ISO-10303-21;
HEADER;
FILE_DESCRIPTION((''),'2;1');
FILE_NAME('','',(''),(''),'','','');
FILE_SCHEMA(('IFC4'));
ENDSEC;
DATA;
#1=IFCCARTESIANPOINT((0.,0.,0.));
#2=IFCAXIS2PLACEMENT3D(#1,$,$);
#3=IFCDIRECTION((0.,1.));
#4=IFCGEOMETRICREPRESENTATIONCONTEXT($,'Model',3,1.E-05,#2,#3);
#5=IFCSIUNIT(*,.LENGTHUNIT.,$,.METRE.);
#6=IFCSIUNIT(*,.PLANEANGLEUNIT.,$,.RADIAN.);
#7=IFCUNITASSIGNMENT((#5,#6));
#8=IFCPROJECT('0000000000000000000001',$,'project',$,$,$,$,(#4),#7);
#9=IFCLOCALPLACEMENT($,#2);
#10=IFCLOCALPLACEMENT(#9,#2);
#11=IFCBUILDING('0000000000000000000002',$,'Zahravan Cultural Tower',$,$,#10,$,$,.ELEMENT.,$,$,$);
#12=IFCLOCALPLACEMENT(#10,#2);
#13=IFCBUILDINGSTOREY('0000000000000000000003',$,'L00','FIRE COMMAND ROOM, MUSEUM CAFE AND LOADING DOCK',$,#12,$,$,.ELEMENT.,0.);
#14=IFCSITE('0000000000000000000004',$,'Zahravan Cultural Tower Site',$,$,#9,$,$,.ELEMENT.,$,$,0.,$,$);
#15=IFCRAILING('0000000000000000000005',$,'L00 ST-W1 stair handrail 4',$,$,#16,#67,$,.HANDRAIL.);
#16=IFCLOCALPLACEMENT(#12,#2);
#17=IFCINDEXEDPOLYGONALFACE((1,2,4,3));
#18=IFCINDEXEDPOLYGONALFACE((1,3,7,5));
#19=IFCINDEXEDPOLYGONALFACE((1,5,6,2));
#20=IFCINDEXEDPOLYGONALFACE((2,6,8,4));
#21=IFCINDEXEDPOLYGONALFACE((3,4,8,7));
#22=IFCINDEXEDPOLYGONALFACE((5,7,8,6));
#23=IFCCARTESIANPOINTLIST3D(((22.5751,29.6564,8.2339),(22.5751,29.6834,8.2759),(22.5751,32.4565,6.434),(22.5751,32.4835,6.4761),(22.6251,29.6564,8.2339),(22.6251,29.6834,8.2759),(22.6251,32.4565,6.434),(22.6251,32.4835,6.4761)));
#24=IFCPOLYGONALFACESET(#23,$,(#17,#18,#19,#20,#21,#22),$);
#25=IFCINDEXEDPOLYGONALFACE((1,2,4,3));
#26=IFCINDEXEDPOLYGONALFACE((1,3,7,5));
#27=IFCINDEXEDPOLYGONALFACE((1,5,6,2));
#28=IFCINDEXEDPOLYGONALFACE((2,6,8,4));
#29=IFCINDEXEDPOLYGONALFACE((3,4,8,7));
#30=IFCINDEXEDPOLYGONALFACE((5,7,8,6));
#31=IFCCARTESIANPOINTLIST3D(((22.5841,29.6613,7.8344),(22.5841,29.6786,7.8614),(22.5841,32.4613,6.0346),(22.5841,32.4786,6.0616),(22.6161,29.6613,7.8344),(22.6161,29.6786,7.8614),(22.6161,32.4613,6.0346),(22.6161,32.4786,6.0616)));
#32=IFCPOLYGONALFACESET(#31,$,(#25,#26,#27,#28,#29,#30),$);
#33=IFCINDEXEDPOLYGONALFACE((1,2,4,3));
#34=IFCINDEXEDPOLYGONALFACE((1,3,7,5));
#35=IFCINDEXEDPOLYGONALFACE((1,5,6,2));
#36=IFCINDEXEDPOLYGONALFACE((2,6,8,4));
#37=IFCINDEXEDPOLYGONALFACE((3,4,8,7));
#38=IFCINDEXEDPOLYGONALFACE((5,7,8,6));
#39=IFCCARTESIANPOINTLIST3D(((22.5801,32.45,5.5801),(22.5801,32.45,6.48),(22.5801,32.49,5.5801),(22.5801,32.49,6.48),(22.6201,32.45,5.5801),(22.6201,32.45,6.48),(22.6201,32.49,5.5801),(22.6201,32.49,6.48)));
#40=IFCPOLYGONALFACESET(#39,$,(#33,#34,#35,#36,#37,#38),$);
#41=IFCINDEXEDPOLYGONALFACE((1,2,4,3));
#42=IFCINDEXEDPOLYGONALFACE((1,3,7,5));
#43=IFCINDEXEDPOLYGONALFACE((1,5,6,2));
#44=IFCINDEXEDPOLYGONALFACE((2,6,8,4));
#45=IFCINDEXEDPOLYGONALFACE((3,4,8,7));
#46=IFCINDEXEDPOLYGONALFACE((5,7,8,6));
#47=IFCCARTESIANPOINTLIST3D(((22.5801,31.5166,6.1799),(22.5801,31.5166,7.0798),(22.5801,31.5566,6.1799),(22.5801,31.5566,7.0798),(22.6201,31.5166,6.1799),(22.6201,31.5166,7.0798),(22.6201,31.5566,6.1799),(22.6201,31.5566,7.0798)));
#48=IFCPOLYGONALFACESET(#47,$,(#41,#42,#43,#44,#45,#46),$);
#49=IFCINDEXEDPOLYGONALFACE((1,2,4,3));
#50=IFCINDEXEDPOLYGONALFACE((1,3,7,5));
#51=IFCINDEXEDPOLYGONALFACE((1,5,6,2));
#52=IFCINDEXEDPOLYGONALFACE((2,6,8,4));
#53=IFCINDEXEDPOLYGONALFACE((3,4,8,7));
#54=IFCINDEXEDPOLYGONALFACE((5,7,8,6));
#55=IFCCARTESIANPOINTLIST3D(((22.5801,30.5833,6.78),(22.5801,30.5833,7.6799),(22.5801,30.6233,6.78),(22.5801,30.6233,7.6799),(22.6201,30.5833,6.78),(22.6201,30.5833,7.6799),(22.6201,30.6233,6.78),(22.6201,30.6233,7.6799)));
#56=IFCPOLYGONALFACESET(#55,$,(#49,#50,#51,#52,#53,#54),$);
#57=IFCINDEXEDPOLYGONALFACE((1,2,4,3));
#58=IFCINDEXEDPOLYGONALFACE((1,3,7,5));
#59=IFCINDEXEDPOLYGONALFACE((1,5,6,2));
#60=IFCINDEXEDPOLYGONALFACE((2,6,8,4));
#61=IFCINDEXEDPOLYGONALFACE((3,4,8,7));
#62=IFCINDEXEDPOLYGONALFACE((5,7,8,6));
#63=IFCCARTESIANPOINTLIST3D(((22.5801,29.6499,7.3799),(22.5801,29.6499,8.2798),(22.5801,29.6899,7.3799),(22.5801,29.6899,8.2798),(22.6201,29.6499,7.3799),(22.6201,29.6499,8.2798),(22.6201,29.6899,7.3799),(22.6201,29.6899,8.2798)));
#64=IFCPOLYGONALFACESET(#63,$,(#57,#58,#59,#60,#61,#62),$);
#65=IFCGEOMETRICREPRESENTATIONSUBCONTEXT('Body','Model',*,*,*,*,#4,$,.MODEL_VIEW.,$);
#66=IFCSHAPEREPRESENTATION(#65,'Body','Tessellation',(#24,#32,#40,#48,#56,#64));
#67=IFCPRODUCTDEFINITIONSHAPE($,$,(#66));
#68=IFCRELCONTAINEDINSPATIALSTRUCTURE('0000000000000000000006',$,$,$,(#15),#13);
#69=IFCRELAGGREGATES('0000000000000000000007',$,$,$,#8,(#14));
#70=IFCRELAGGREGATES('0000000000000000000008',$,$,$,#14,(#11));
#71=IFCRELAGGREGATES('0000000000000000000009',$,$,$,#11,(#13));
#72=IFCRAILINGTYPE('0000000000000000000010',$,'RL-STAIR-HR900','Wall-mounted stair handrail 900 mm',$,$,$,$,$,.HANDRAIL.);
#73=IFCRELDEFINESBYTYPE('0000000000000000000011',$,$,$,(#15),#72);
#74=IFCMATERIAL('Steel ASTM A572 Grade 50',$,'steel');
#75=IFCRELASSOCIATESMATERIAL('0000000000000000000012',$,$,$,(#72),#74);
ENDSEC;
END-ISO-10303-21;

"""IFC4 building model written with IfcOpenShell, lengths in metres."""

from ifc_helpers import new_model, si_unit, direction, frame, origin, origin_2d, place, context, subcontext, project, spatial, rectangle, extrude, material, type_object, element, save


model = new_model("IFC4")

# Units and contexts
model_context = context("Model", 3, precision=1e-05, world=origin(), true_north=direction((0.0, 1.0)))
body_context = subcontext(model_context, "Body", "Model", "MODEL_VIEW")
ifc_project = project(units=[si_unit("LENGTHUNIT", "METRE"), si_unit("PLANEANGLEUNIT", "RADIAN")], contexts=[model_context])

# Site, building, storey
site_placement = place(None, origin())
site = spatial("IfcSite", under=ifc_project, at=site_placement, Name="Zahravan Cultural Tower Site", CompositionType="ELEMENT", RefElevation=0.0)
building_placement = place(site_placement, origin())
building = spatial("IfcBuilding", under=site, at=building_placement, Name="Zahravan Cultural Tower", CompositionType="ELEMENT")
storey_placement = place(building_placement, origin())
storey = spatial("IfcBuildingStorey", under=building, at=storey_placement, Name="L00", Description="FIRE COMMAND ROOM, MUSEUM CAFE AND LOADING DOCK", CompositionType="ELEMENT", Elevation=0.0)

# Railing
ifc_material_1 = material(Name="Steel ASTM A572 Grade 50", Category="steel")
railing_type_1 = type_object("IfcRailingType", Name="RL-STAIR-HR900", Description="Wall-mounted stair handrail 900 mm", PredefinedType="HANDRAIL", material=ifc_material_1)
railing_1_placement = place(storey_placement, frame((22.6001, 32.47, 5.5801)))
element("IfcRailing", 1, at=railing_1_placement, inside=storey, type_object=railing_type_1, Name="L00 ST-W1 stair handrail 4", PredefinedType="HANDRAIL", context=body_context, shape_type="SweptSolid", body=[
    extrude(rectangle(XDim=0.05, YDim=0.05, at=origin_2d()), frame((0.0, 0.0, 0.875), z_axis=(0.0, -0.841209, 0.540709), x_axis=(1.0, 0.0, 0.0)), (0.0, 0.0, 1.0), 3.3286),
    extrude(rectangle(XDim=0.032, YDim=0.032, at=origin_2d()), frame((0.0, 0.0, 0.468), z_axis=(0.0, -0.841209, 0.540709), x_axis=(1.0, 0.0, 0.0)), (0.0, 0.0, 1.0), 3.3286),
    extrude(rectangle(XDim=0.04, YDim=0.04, at=origin_2d()), origin(), (0.0, 0.0, 1.0), 0.8999),
    extrude(rectangle(XDim=0.04, YDim=0.04, at=origin_2d()), frame((0.0, -0.9333, 0.5999)), (0.0, 0.0, 1.0), 0.8999),
    extrude(rectangle(XDim=0.04, YDim=0.04, at=origin_2d()), frame((0.0, -1.8667, 1.2)), (0.0, 0.0, 1.0), 0.8999),
    extrude(rectangle(XDim=0.04, YDim=0.04, at=origin_2d()), frame((0.0, -2.8, 1.7998)), (0.0, 0.0, 1.0), 0.8999),
])

save(model, "model.ifc")
